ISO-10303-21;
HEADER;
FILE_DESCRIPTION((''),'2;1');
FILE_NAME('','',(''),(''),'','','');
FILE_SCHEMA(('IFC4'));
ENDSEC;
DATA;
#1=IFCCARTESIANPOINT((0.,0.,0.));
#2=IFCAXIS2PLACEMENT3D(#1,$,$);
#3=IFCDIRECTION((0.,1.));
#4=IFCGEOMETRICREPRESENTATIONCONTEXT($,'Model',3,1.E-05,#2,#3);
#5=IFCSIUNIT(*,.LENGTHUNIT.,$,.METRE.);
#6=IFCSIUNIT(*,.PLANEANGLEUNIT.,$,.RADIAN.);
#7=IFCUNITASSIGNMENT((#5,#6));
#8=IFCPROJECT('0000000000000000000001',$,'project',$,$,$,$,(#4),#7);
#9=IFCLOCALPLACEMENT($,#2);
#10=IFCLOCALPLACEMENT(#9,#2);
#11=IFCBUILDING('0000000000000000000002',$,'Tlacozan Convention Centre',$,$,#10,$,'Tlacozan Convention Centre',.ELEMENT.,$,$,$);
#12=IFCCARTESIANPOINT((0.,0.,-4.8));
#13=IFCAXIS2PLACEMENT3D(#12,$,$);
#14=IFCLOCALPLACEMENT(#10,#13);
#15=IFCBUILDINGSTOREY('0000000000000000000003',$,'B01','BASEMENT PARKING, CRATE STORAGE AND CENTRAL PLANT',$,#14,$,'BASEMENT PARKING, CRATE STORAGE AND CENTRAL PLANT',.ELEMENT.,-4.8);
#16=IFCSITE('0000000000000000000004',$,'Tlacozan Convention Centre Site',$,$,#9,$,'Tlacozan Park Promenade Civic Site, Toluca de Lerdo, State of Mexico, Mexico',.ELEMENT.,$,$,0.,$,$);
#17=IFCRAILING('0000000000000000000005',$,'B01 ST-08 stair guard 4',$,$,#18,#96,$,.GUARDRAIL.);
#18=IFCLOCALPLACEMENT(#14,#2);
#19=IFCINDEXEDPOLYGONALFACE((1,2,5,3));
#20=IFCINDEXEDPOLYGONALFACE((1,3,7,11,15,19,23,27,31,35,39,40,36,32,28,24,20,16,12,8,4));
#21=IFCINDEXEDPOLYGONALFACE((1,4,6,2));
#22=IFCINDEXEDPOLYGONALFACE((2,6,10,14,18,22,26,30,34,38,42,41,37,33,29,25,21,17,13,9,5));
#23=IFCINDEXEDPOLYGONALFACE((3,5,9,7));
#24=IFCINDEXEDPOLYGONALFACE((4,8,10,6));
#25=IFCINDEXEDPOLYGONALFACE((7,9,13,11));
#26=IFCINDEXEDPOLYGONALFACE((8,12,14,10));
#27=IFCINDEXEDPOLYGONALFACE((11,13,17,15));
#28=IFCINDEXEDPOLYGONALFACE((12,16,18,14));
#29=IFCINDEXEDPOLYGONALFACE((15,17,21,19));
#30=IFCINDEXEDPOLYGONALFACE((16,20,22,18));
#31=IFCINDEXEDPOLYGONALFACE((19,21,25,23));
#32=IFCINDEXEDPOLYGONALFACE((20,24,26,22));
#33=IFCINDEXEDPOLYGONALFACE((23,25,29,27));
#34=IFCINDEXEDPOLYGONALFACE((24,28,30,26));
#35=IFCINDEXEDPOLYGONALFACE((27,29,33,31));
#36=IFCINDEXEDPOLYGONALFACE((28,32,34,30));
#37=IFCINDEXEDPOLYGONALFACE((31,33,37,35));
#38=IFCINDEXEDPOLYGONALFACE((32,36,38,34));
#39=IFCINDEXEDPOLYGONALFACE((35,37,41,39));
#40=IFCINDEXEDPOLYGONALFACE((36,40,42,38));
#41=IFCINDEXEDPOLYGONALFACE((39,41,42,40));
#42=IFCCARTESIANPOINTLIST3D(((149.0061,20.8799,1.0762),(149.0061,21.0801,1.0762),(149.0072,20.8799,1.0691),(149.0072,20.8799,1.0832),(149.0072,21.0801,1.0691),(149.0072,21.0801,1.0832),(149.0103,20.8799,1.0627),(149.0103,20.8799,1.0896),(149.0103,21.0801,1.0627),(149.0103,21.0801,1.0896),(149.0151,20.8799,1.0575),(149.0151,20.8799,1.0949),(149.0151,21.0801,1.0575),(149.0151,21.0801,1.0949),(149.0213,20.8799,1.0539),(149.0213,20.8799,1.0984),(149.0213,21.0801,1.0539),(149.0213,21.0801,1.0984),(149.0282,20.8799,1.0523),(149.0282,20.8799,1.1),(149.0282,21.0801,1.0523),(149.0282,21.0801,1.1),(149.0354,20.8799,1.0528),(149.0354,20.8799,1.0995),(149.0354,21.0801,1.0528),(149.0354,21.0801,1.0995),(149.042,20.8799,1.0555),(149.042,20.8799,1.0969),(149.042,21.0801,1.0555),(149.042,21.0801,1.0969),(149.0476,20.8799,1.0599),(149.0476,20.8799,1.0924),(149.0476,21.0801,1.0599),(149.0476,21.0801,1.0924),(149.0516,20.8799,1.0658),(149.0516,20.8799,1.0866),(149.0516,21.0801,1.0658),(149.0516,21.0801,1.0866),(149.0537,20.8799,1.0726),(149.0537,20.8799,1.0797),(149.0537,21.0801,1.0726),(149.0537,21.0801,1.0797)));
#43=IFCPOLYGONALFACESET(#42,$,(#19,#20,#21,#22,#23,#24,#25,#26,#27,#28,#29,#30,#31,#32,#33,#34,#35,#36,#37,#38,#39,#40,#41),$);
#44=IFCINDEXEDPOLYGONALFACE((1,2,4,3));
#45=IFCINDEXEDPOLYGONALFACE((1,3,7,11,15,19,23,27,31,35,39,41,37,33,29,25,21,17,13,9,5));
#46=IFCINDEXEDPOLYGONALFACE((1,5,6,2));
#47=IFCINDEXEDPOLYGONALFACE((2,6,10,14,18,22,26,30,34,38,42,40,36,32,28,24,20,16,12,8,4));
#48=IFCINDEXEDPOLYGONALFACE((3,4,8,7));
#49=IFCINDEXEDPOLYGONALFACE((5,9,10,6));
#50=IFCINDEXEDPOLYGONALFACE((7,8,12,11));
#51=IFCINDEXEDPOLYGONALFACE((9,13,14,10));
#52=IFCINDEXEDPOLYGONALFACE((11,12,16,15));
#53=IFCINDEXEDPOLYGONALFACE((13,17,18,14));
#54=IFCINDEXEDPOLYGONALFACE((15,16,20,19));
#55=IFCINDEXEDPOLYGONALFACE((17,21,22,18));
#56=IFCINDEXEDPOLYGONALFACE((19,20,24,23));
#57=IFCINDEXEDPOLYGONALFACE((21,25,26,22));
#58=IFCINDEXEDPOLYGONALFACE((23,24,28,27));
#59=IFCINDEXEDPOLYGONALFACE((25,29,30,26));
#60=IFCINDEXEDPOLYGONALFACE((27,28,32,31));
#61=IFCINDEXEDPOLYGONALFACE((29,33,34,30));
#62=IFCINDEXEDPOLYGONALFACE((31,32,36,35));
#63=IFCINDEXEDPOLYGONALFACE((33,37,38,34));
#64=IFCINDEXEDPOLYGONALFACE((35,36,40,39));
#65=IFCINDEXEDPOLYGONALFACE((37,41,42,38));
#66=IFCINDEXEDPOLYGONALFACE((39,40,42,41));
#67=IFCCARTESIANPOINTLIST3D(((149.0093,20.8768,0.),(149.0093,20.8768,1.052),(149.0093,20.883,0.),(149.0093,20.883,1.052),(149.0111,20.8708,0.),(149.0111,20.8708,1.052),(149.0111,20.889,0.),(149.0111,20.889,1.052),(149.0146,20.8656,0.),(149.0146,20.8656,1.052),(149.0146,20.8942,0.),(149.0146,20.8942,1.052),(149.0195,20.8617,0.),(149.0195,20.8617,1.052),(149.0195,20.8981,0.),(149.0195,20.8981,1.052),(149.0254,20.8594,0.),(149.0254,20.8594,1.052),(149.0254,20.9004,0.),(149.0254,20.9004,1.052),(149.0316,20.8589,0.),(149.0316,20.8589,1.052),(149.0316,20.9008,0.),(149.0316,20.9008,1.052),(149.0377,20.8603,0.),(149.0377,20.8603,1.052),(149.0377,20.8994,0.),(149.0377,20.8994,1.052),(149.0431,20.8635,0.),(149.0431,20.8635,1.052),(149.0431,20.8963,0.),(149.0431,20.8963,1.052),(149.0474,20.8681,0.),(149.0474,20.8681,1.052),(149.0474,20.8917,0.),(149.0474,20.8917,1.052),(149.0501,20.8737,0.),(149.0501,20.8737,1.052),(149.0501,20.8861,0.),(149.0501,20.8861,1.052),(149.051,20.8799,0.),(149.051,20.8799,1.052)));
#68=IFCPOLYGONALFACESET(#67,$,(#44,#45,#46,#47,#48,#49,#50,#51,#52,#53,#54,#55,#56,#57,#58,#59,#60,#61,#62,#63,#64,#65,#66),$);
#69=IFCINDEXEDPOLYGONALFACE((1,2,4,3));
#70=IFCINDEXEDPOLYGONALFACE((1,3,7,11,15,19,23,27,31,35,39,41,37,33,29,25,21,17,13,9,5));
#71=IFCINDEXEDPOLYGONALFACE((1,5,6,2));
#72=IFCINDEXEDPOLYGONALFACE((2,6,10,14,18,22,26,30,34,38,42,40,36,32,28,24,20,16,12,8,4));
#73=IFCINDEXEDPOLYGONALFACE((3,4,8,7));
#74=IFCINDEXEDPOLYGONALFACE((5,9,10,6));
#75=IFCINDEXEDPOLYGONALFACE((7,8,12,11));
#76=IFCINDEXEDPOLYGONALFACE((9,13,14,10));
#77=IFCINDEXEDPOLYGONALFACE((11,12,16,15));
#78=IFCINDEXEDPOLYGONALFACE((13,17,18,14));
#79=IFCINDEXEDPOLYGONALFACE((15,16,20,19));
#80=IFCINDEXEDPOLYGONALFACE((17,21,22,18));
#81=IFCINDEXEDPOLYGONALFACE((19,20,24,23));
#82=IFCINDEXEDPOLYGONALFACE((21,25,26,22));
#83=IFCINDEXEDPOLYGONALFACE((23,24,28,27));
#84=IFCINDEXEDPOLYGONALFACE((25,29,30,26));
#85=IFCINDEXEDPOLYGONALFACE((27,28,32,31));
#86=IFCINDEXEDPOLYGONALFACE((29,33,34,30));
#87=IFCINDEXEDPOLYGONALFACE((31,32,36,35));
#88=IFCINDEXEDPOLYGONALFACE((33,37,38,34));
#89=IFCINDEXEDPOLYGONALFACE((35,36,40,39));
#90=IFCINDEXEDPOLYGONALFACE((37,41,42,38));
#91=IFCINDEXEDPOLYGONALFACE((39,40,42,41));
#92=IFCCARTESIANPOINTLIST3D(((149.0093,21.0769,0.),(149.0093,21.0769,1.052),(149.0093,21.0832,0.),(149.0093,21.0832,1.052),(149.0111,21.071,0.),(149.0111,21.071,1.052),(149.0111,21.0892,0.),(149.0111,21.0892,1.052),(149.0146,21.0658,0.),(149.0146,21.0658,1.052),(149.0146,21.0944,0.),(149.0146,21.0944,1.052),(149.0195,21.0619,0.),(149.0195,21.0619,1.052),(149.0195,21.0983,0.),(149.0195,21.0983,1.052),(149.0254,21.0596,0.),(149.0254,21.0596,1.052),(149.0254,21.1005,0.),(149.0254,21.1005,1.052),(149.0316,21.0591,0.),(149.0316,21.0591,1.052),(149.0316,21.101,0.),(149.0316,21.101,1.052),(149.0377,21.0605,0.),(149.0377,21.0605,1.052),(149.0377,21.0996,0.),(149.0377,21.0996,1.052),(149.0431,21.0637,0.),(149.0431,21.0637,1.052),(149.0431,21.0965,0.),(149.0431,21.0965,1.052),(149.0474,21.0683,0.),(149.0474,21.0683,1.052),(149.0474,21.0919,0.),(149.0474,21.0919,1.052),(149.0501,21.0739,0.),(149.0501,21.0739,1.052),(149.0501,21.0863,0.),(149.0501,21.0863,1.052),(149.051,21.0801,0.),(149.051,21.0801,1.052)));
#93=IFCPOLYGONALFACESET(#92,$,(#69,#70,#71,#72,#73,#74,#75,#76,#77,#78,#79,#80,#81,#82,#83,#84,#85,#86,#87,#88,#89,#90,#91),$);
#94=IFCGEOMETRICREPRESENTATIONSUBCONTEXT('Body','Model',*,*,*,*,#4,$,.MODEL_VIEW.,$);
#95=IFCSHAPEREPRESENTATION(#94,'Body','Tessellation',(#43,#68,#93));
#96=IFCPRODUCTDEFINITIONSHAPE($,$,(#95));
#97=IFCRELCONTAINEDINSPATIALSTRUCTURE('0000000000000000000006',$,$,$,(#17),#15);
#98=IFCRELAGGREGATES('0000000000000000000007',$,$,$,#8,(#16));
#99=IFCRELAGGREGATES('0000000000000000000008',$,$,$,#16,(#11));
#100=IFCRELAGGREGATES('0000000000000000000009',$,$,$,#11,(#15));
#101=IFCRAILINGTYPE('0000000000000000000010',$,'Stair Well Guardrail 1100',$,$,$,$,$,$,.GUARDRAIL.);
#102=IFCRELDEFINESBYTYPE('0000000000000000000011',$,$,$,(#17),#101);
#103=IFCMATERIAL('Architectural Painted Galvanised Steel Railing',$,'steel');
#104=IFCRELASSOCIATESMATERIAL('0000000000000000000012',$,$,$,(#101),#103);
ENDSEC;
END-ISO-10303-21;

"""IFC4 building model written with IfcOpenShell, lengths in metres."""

from ifc_helpers import new_model, si_unit, direction, frame, origin, origin_2d, place, context, subcontext, project, spatial, circle, extrude, material, type_object, element, save


model = new_model("IFC4")

# Units and contexts
model_context = context("Model", 3, precision=1e-05, world=origin(), true_north=direction((0.0, 1.0)))
body_context = subcontext(model_context, "Body", "Model", "MODEL_VIEW")
ifc_project = project(units=[si_unit("LENGTHUNIT", "METRE"), si_unit("PLANEANGLEUNIT", "RADIAN")], contexts=[model_context])

# Site, building, storey
site_placement = place(None, origin())
site = spatial("IfcSite", under=ifc_project, at=site_placement, Name="Tlacozan Convention Centre Site", LongName="Tlacozan Park Promenade Civic Site, Toluca de Lerdo, State of Mexico, Mexico", CompositionType="ELEMENT", RefElevation=0.0)
building_placement = place(site_placement, origin())
building = spatial("IfcBuilding", under=site, at=building_placement, Name="Tlacozan Convention Centre", LongName="Tlacozan Convention Centre", CompositionType="ELEMENT")
storey_placement = place(building_placement, frame((0.0, 0.0, -4.8)))
storey = spatial("IfcBuildingStorey", under=building, at=storey_placement, Name="B01", Description="BASEMENT PARKING, CRATE STORAGE AND CENTRAL PLANT", LongName="BASEMENT PARKING, CRATE STORAGE AND CENTRAL PLANT", CompositionType="ELEMENT", Elevation=-4.8)

# Railing
ifc_material_1 = material(Name="Architectural Painted Galvanised Steel Railing", Category="steel")
railing_type_1 = type_object("IfcRailingType", Name="Stair Well Guardrail 1100", PredefinedType="GUARDRAIL", material=ifc_material_1)
railing_1_placement = place(storey_placement, frame((149.03, 20.8799, 0.0)))
element("IfcRailing", 1, at=railing_1_placement, inside=storey, type_object=railing_type_1, Name="B01 ST-08 stair guard 4", PredefinedType="GUARDRAIL", context=body_context, shape_type="SweptSolid", body=[
    extrude(circle(Radius=0.0239, at=origin_2d()), frame((0.0, 0.0, 1.0762), z_axis=(0.0, 1.0, 0.0), x_axis=(-1.0, 0.0, 0.0)), (0.0, 0.0, 1.0), 0.2002),
    extrude(circle(Radius=0.021, at=origin_2d()), origin(), (0.0, 0.0, 1.0), 1.052),
    extrude(circle(Radius=0.021, at=origin_2d()), frame((0.0, 0.2002, 0.0)), (0.0, 0.0, 1.0), 1.052),
])

save(model, "model.ifc")
